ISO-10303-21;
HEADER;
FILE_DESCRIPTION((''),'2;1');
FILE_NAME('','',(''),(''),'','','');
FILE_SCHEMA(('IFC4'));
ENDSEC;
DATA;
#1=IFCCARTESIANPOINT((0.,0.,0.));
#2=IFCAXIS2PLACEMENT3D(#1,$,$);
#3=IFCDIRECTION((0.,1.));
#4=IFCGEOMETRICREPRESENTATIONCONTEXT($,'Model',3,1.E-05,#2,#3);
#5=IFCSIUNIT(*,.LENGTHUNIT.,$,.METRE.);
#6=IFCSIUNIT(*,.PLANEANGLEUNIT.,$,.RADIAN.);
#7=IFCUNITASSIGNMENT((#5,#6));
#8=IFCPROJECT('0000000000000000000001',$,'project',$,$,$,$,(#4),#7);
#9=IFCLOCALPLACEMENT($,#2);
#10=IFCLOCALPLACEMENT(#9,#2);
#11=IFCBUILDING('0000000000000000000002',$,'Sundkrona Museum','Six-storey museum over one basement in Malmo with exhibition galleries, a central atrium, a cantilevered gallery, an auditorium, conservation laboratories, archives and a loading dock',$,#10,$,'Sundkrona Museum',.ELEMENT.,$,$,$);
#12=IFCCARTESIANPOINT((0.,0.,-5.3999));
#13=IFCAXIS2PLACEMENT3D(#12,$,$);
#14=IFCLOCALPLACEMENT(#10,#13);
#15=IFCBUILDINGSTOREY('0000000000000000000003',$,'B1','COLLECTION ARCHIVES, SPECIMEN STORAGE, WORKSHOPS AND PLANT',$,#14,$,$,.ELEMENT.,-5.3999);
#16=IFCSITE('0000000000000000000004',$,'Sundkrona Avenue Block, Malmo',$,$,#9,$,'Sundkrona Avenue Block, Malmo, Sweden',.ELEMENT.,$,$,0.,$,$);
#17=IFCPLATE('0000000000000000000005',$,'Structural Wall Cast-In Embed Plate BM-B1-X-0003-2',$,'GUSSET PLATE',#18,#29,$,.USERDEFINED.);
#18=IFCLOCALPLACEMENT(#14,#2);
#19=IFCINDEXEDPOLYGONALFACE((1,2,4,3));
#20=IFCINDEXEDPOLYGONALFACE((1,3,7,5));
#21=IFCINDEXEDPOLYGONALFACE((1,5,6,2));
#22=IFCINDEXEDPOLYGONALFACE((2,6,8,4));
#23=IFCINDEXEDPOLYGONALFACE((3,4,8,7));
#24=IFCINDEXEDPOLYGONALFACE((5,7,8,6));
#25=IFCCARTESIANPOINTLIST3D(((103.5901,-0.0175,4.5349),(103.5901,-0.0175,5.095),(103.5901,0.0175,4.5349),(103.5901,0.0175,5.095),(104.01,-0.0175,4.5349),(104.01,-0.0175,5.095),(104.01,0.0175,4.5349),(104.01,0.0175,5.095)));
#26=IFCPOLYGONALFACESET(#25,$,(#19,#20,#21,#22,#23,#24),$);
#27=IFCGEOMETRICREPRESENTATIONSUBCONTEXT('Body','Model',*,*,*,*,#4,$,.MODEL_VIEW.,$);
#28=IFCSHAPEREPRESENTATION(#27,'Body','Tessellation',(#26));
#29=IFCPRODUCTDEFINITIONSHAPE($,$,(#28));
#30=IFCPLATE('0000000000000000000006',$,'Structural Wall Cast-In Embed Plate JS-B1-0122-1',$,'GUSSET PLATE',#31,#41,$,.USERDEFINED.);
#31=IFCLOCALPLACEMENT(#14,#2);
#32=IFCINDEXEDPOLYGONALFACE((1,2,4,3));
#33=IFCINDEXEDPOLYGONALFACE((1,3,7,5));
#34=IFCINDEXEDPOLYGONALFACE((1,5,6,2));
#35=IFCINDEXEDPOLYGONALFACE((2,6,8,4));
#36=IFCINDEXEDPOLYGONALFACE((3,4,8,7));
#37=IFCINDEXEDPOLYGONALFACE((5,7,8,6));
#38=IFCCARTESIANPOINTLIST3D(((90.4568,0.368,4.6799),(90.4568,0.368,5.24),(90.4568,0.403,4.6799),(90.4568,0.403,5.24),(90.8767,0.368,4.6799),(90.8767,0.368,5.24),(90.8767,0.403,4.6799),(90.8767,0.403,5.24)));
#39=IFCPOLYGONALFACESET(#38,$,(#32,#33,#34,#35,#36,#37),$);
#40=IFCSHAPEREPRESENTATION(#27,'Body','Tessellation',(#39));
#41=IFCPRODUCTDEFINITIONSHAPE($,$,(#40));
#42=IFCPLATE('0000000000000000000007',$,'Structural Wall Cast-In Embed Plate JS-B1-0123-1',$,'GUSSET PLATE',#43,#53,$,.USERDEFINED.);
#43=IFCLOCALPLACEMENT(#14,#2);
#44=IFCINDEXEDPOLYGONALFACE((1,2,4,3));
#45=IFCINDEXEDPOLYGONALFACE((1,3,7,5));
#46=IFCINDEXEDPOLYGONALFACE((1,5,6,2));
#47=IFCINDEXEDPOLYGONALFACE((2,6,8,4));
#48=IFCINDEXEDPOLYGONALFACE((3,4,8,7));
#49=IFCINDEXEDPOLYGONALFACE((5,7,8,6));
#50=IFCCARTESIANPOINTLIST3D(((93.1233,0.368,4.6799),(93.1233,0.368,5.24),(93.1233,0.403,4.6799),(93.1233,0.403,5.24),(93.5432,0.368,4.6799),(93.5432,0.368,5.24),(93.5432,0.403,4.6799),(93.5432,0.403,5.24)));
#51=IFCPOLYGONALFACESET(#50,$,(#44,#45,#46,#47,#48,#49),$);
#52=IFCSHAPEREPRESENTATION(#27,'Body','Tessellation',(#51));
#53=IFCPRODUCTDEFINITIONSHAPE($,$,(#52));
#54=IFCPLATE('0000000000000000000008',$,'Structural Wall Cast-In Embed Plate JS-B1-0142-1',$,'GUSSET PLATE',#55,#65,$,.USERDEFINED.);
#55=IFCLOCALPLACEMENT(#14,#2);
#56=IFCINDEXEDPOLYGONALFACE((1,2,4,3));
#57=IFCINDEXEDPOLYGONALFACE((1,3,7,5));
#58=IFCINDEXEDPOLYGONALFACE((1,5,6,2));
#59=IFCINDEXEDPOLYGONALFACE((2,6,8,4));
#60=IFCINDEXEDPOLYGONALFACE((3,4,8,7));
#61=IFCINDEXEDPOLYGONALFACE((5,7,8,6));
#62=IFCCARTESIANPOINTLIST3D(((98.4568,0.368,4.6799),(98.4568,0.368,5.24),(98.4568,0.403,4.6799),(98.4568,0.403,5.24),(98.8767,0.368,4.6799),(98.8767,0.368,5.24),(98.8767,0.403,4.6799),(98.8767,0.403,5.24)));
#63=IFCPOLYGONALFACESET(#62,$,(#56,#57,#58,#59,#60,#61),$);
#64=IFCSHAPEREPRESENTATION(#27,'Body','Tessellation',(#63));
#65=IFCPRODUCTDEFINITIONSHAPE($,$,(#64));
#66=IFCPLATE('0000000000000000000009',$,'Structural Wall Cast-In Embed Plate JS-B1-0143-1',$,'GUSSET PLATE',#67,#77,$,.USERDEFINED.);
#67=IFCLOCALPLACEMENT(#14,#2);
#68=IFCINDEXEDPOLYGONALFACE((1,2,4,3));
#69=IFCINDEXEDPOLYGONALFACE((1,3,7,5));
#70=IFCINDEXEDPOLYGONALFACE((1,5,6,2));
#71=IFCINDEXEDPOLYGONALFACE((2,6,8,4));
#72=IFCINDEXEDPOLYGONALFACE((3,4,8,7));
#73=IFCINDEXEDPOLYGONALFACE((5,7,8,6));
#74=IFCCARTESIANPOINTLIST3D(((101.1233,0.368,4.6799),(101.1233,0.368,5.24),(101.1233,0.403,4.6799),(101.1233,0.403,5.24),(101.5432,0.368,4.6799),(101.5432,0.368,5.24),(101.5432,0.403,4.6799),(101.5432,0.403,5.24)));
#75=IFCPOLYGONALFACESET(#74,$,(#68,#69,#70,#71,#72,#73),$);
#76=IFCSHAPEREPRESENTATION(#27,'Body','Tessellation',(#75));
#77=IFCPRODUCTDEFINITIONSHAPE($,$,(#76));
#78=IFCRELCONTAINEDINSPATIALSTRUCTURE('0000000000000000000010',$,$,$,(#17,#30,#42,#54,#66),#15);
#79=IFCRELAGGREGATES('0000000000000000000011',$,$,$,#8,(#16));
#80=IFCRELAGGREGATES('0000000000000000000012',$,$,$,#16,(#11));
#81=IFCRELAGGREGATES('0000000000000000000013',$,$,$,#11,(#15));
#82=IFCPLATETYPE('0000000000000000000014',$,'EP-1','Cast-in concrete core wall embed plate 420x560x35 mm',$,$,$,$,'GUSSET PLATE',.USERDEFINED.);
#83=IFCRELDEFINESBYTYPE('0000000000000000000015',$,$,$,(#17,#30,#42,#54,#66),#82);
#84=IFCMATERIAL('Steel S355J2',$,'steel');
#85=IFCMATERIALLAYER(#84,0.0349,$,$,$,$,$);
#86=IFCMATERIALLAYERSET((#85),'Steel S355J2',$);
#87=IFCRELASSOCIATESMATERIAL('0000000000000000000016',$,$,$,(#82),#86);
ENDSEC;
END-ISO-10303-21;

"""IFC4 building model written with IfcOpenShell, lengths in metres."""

from ifc_helpers import new_model, si_unit, direction, frame, origin, origin_2d, place, context, subcontext, project, spatial, rectangle, extrude, material, layer, layer_set, type_object, element, save


model = new_model("IFC4")

# Units and contexts
model_context = context("Model", 3, precision=1e-05, world=origin(), true_north=direction((0.0, 1.0)))
body_context = subcontext(model_context, "Body", "Model", "MODEL_VIEW")
ifc_project = project(units=[si_unit("LENGTHUNIT", "METRE"), si_unit("PLANEANGLEUNIT", "RADIAN")], contexts=[model_context])

# Site, building, storey
site_placement = place(None, origin())
site = spatial("IfcSite", under=ifc_project, at=site_placement, Name="Sundkrona Avenue Block, Malmo", LongName="Sundkrona Avenue Block, Malmo, Sweden", CompositionType="ELEMENT", RefElevation=0.0)
building_placement = place(site_placement, origin())
building = spatial("IfcBuilding", under=site, at=building_placement, Name="Sundkrona Museum", Description="Six-storey museum over one basement in Malmo with exhibition galleries, a central atrium, a cantilevered gallery, an auditorium, conservation laboratories, archives and a loading dock", LongName="Sundkrona Museum", CompositionType="ELEMENT")
storey_placement = place(building_placement, frame((0.0, 0.0, -5.3999)))
storey = spatial("IfcBuildingStorey", under=building, at=storey_placement, Name="B1", Description="COLLECTION ARCHIVES, SPECIMEN STORAGE, WORKSHOPS AND PLANT", CompositionType="ELEMENT", Elevation=-5.3999)

# Shared definitions
ifc_material_1 = material(Name="Steel S355J2", Category="steel")

# Plates
ifc_layer = layer(ifc_material_1, 0.0349)
ifc_layer_set = layer_set([ifc_layer], Name="Steel S355J2")
plate_type = type_object("IfcPlateType", Name="EP-1", Description="Cast-in concrete core wall embed plate 420x560x35 mm", ElementType="GUSSET PLATE", PredefinedType="USERDEFINED", material=ifc_layer_set)
for number, where, z_axis, x_axis, name in (
    (1, (103.8, 0.0, 4.5349), (0.0, 0.0, 1.0), (1.0, 0.0, 0.0), "Structural Wall Cast-In Embed Plate BM-B1-X-0003-2"),
    (2, (90.6667, 0.3855, 4.6799), (0.0, 0.0, 1.0), (1.0, 0.0, 0.0), "Structural Wall Cast-In Embed Plate JS-B1-0122-1"),
    (3, (93.3333, 0.3855, 4.6799), (0.0, 0.0, 1.0), (1.0, 0.0, 0.0), "Structural Wall Cast-In Embed Plate JS-B1-0123-1"),
    (4, (98.6667, 0.3855, 4.6799), (0.0, 0.0, 1.0), (1.0, 0.0, 0.0), "Structural Wall Cast-In Embed Plate JS-B1-0142-1"),
    (5, (101.3333, 0.3855, 4.6799), (0.0, 0.0, 1.0), (1.0, 0.0, 0.0), "Structural Wall Cast-In Embed Plate JS-B1-0143-1"),
):
    element("IfcPlate", number, at=place(storey_placement, frame(where, z_axis=z_axis, x_axis=x_axis)), inside=storey, type_object=plate_type, Name=name, ObjectType="GUSSET PLATE", PredefinedType="USERDEFINED", context=body_context, shape_type="SweptSolid", body=[
        extrude(rectangle(XDim=0.4199, YDim=0.0349, at=origin_2d()), origin(), (0.0, 0.0, 1.0), 0.5601),
    ])

save(model, "model.ifc")
